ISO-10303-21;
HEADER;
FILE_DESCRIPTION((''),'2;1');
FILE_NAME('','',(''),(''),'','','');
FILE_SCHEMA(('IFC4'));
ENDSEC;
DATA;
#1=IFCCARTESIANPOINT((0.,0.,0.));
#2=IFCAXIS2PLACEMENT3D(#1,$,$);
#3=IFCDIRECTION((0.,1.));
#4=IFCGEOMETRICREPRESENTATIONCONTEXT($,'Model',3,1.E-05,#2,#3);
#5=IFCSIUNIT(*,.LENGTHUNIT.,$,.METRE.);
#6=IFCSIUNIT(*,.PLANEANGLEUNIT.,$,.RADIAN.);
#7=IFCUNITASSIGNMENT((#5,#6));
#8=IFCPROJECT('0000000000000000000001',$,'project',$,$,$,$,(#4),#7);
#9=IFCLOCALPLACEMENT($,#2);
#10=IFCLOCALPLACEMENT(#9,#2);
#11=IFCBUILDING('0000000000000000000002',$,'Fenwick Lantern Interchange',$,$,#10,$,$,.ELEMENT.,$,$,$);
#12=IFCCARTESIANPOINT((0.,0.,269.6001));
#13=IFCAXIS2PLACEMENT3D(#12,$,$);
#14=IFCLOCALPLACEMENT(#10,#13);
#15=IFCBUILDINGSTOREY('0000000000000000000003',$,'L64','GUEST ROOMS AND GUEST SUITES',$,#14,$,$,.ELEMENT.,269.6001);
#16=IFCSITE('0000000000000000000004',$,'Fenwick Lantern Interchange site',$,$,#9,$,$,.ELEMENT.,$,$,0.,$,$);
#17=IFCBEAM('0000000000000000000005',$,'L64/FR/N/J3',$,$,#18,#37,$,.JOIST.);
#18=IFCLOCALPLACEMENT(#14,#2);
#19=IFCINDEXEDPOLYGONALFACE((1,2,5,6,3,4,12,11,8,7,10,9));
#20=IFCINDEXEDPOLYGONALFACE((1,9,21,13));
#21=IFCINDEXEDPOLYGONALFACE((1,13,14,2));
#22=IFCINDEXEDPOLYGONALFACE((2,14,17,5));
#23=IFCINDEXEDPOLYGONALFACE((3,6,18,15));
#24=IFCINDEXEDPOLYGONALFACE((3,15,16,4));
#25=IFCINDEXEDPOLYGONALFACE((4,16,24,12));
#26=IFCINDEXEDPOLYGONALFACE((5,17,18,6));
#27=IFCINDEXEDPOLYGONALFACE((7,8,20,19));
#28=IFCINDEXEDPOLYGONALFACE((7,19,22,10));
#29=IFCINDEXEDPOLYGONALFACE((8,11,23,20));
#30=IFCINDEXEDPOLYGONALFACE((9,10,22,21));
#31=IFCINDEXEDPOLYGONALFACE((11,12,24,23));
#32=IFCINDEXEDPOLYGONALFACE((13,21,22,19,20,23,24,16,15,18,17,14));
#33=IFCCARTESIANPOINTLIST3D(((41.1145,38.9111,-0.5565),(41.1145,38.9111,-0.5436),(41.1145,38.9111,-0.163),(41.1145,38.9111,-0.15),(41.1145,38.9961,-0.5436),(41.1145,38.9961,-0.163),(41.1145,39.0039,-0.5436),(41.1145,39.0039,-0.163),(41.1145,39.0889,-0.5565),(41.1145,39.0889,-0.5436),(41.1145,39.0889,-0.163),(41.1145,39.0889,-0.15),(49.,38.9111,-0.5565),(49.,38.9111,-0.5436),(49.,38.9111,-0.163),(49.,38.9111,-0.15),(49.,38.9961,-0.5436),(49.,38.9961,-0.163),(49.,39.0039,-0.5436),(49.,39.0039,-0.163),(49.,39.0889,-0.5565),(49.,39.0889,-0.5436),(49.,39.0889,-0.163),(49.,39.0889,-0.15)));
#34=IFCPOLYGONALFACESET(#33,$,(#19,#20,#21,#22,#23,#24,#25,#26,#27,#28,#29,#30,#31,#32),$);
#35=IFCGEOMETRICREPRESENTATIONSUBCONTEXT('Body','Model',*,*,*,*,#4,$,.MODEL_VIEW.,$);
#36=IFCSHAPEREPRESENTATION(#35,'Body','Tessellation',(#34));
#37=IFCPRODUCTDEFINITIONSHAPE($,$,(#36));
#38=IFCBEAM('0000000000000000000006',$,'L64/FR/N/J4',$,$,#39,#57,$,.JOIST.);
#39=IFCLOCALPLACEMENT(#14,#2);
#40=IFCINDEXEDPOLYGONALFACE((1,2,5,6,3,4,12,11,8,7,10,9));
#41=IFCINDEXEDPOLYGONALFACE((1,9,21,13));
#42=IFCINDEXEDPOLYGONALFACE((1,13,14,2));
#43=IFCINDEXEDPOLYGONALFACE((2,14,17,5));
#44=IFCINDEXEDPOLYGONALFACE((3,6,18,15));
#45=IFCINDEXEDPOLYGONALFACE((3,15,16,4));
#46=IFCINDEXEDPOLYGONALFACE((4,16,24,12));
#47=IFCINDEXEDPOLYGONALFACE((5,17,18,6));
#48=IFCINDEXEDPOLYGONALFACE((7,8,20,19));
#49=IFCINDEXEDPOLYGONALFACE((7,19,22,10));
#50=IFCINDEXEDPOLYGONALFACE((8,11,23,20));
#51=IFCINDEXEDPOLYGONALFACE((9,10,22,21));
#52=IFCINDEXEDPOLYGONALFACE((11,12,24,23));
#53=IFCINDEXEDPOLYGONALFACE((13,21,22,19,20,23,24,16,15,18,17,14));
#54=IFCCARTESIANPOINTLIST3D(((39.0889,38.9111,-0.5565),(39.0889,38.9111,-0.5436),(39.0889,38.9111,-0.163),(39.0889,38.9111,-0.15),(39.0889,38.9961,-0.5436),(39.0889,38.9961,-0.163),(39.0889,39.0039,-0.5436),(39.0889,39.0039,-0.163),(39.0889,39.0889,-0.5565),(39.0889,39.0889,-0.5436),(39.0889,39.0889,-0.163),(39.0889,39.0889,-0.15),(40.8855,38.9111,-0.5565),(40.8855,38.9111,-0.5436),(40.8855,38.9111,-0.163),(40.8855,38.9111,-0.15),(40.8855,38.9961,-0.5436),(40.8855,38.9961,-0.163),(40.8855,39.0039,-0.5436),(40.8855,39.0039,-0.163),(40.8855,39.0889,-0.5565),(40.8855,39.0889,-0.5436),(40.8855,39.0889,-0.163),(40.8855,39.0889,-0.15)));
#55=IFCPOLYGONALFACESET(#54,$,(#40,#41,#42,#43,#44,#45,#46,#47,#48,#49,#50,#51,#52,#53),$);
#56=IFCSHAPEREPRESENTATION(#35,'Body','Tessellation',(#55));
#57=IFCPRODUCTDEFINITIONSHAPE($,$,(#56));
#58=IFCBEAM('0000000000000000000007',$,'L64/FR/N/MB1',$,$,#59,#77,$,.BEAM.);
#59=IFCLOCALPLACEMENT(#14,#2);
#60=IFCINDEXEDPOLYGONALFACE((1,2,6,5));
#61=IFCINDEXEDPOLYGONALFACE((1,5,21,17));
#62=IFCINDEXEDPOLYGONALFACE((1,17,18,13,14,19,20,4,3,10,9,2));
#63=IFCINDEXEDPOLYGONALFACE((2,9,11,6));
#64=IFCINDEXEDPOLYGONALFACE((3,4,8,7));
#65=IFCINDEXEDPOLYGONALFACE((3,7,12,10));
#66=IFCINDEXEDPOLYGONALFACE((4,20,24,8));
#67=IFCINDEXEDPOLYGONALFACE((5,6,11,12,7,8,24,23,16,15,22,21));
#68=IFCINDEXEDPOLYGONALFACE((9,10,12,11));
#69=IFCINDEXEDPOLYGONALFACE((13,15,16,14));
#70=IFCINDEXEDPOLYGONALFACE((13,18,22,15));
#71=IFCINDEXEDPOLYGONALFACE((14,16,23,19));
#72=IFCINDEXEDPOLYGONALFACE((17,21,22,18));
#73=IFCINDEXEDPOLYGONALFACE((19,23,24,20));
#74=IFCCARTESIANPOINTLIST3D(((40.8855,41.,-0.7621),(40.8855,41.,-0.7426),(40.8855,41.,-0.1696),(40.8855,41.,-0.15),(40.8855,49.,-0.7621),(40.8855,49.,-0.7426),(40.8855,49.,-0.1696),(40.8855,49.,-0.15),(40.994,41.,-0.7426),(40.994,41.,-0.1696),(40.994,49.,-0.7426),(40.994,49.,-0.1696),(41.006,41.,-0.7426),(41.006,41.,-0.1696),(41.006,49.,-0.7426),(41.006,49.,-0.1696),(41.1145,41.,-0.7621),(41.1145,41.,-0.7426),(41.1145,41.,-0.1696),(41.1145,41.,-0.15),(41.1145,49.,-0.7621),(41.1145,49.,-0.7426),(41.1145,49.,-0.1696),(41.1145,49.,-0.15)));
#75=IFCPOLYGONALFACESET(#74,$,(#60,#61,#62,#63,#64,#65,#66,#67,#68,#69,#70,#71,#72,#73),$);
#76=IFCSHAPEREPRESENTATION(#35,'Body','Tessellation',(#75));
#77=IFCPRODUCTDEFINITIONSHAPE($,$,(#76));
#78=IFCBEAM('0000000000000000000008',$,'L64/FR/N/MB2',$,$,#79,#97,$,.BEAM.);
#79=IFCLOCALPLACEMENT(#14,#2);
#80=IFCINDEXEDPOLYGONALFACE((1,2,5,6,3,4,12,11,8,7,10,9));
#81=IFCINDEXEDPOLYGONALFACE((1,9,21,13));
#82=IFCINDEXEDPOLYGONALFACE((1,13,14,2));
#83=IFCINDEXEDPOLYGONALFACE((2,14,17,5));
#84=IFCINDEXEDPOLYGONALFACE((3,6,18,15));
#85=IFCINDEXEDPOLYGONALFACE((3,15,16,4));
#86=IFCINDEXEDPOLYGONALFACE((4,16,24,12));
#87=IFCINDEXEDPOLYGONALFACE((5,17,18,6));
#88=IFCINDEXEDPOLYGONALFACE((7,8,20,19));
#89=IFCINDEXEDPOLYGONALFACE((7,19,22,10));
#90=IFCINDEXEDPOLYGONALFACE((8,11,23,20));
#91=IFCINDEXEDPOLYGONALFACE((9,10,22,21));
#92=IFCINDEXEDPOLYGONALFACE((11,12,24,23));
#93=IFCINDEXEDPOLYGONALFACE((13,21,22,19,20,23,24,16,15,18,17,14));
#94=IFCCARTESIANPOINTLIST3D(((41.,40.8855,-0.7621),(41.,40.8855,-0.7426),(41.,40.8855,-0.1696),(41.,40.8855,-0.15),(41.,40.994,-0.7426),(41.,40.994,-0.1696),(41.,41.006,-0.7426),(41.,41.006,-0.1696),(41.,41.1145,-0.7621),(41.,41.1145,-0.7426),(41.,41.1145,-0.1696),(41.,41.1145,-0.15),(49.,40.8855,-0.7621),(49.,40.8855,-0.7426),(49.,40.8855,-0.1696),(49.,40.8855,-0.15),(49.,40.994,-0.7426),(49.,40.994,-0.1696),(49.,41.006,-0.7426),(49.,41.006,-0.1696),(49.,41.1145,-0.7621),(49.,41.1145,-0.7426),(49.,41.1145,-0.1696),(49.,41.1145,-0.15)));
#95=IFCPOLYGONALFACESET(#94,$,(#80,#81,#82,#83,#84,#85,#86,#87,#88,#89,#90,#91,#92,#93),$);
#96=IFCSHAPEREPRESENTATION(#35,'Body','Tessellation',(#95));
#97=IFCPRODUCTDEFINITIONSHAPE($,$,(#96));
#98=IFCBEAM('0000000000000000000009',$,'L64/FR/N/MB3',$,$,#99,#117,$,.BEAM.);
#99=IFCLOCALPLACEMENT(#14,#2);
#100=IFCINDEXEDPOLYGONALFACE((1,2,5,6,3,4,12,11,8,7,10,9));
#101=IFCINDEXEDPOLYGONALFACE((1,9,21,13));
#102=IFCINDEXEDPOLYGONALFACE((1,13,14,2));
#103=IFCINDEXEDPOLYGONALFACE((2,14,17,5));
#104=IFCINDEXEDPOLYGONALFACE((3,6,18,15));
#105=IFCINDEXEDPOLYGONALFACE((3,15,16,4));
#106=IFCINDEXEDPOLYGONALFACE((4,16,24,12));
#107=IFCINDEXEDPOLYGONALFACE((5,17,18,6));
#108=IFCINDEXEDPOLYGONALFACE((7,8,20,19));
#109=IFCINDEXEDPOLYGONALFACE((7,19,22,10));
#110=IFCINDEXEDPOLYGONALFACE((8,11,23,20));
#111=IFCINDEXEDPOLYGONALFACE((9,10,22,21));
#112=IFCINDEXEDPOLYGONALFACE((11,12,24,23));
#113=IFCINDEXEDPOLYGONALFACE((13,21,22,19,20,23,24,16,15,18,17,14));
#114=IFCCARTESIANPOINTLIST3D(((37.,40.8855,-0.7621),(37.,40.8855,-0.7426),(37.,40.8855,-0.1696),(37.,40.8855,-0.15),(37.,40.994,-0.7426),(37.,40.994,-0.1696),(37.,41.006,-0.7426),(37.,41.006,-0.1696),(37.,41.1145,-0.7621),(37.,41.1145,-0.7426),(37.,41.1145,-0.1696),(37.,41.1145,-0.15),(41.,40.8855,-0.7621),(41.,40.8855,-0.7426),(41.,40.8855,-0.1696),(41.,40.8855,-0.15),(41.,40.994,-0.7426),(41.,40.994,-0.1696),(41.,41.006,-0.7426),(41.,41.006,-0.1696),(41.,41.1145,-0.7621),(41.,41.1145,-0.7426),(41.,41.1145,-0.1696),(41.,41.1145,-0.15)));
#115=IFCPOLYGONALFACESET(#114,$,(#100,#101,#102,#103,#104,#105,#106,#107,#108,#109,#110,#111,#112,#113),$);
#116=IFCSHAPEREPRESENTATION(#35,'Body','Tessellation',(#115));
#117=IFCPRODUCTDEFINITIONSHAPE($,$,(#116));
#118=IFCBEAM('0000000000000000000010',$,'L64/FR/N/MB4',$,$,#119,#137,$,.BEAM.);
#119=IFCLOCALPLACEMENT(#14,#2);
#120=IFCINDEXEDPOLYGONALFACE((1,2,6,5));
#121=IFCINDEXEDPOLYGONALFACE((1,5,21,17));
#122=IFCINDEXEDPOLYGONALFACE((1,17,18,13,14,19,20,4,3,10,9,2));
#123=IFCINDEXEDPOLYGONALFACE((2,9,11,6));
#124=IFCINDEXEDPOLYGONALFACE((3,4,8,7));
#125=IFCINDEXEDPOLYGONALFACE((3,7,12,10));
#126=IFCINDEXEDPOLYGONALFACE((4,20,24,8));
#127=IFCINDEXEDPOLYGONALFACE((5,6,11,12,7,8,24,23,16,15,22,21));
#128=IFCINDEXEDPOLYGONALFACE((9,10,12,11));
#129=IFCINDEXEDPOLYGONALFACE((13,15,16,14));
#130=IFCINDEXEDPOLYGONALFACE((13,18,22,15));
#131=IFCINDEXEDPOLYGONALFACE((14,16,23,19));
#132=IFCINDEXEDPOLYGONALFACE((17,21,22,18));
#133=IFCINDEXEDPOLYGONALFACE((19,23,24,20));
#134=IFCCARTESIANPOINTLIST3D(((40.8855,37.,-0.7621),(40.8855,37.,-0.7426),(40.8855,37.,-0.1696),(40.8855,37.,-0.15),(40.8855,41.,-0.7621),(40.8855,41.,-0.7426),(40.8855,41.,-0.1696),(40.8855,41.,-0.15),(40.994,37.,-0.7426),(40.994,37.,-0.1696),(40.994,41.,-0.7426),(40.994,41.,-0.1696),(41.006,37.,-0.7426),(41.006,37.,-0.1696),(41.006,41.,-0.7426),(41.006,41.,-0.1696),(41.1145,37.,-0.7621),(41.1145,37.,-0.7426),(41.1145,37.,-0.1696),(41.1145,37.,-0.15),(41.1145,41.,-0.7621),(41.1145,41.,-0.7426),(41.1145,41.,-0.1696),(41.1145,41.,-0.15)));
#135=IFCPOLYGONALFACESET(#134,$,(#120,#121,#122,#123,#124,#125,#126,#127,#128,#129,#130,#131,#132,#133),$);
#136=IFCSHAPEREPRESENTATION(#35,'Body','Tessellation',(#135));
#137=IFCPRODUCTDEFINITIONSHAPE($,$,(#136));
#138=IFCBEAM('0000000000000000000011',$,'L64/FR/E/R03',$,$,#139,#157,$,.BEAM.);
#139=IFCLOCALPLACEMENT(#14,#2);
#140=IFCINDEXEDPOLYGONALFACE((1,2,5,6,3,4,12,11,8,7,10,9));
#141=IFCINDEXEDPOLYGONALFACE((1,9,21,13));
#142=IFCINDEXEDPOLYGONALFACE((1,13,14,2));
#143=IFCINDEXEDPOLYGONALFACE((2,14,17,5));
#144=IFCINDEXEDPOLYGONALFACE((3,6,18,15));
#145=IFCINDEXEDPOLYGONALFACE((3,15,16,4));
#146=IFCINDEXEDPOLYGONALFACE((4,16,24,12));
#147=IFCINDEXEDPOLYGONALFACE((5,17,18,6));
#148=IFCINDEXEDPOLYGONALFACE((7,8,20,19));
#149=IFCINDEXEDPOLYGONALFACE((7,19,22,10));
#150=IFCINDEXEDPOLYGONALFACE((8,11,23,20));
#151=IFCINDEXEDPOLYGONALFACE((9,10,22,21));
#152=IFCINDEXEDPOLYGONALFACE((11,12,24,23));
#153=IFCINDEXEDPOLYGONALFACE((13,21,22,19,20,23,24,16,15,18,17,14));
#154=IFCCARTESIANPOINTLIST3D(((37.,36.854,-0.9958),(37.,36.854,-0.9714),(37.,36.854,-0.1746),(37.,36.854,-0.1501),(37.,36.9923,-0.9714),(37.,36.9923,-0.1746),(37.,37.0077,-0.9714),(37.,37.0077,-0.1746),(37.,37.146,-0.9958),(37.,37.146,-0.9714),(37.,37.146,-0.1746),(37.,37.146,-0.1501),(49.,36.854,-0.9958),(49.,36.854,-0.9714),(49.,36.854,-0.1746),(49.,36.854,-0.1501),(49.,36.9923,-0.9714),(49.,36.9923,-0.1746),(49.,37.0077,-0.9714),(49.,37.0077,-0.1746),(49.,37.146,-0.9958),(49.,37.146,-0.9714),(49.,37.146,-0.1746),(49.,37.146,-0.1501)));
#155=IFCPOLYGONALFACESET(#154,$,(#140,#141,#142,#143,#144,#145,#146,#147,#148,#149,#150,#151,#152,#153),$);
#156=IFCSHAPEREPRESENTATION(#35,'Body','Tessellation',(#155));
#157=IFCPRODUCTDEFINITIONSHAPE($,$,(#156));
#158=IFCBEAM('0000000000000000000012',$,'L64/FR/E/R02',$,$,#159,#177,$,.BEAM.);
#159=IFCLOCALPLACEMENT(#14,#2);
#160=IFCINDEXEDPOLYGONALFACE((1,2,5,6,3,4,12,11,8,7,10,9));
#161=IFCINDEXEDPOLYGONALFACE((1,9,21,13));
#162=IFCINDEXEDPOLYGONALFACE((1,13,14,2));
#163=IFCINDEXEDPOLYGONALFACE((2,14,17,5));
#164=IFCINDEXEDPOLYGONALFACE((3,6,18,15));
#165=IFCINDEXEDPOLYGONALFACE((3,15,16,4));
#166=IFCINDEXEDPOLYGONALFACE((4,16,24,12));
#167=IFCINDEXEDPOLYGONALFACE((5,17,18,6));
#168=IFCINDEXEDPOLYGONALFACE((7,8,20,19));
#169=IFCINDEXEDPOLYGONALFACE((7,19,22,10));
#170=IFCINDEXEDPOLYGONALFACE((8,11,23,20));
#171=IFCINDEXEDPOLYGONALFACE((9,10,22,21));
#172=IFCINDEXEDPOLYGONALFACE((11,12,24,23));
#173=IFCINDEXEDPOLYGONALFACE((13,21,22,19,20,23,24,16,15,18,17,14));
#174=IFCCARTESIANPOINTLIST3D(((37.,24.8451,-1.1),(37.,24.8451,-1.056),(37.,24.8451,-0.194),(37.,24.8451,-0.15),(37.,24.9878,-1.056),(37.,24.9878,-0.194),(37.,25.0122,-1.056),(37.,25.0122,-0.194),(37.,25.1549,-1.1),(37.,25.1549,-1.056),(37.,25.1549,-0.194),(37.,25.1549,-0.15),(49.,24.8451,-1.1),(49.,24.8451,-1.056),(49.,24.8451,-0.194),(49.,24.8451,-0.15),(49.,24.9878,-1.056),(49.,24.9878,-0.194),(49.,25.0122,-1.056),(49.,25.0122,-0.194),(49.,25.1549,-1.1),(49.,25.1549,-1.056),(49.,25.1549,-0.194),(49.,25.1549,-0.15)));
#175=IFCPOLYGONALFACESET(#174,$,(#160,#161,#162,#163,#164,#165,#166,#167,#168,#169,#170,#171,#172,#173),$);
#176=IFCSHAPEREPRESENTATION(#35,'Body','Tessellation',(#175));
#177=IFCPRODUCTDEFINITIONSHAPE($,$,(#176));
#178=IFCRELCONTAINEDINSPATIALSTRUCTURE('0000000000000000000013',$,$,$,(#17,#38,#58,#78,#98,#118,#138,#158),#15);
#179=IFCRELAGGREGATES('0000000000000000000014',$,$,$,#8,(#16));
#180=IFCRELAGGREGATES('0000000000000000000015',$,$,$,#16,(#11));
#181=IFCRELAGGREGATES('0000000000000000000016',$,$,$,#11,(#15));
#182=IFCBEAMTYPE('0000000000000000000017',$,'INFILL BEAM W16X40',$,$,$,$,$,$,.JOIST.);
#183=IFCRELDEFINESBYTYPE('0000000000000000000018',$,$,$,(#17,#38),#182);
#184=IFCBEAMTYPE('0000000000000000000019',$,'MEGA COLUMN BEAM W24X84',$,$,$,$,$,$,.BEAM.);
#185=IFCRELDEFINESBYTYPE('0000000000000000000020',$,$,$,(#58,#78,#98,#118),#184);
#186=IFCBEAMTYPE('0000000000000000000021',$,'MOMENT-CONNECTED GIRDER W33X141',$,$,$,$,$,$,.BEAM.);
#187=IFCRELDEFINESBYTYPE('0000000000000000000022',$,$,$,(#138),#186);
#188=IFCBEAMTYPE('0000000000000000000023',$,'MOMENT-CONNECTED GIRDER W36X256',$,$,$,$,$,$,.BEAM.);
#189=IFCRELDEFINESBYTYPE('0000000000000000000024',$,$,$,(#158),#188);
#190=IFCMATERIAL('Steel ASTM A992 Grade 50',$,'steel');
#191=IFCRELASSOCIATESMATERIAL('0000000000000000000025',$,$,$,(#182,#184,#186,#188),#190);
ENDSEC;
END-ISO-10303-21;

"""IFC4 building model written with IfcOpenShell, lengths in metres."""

from ifc_helpers import new_model, si_unit, direction, frame, origin, origin_2d, place, context, subcontext, project, spatial, i_section, extrude, material, material_profile, profile_set, type_object, element, save


model = new_model("IFC4")

# Units and contexts
model_context = context("Model", 3, precision=1e-05, world=origin(), true_north=direction((0.0, 1.0)))
body_context = subcontext(model_context, "Body", "Model", "MODEL_VIEW")
ifc_project = project(units=[si_unit("LENGTHUNIT", "METRE"), si_unit("PLANEANGLEUNIT", "RADIAN")], contexts=[model_context])

# Site, building, storey
site_placement = place(None, origin())
site = spatial("IfcSite", under=ifc_project, at=site_placement, Name="Fenwick Lantern Interchange site", CompositionType="ELEMENT", RefElevation=0.0)
building_placement = place(site_placement, origin())
building = spatial("IfcBuilding", under=site, at=building_placement, Name="Fenwick Lantern Interchange", CompositionType="ELEMENT")
storey_placement = place(building_placement, frame((0.0, 0.0, 269.6001)))
storey = spatial("IfcBuildingStorey", under=building, at=storey_placement, Name="L64", Description="GUEST ROOMS AND GUEST SUITES", CompositionType="ELEMENT", Elevation=269.6001)

# Shared definitions
ifc_material_1 = material(Name="Steel ASTM A992 Grade 50", Category="steel")

# Beams
ifc_material_profile_1 = material_profile(ifc_material_1, i_section(OverallWidth=0.1777, OverallDepth=0.4065, WebThickness=0.0078, FlangeThickness=0.0129, at=origin_2d()), Name="W16X40")
ifc_profile_set_1 = profile_set([ifc_material_profile_1], Name="Steel ASTM A992 Grade 50")
beam_type_1 = type_object("IfcBeamType", Name="INFILL BEAM W16X40", PredefinedType="JOIST", material=ifc_profile_set_1)
beam_1_placement = place(storey_placement, frame((49.0, 39.0, -0.3533), z_axis=(-1.0, 0.0, 0.0), x_axis=(0.0, -1.0, 0.0)))
element("IfcBeam", 1, at=beam_1_placement, inside=storey, type_object=beam_type_1, Name="L64/FR/N/J3", PredefinedType="JOIST", context=body_context, shape_type="SweptSolid", body=[
    extrude(i_section(OverallWidth=0.1777, OverallDepth=0.4065, WebThickness=0.0078, FlangeThickness=0.0129, at=origin_2d()), origin(), (0.0, 0.0, 1.0), 7.8855),
])
beam_2_placement = place(storey_placement, frame((40.8855, 39.0, -0.3533), z_axis=(-1.0, 0.0, 0.0), x_axis=(0.0, -1.0, 0.0)))
element("IfcBeam", 2, at=beam_2_placement, inside=storey, type_object=beam_type_1, Name="L64/FR/N/J4", PredefinedType="JOIST", context=body_context, shape_type="SweptSolid", body=[
    extrude(i_section(OverallWidth=0.1777, OverallDepth=0.4065, WebThickness=0.0078, FlangeThickness=0.0129, at=origin_2d()), origin(), (0.0, 0.0, 1.0), 1.7966),
])
ifc_material_profile_2 = material_profile(ifc_material_1, i_section(OverallWidth=0.229, OverallDepth=0.6121, WebThickness=0.012, FlangeThickness=0.0195, at=origin_2d()), Name="W24X84")
ifc_profile_set_2 = profile_set([ifc_material_profile_2], Name="Steel ASTM A992 Grade 50")
beam_type_2 = type_object("IfcBeamType", Name="MEGA COLUMN BEAM W24X84", PredefinedType="BEAM", material=ifc_profile_set_2)
for number, where, z_axis, x_axis, name in (
    (3, (41.0, 41.0, -0.4561), (0.0, 1.0, 0.0), (-1.0, 0.0, 0.0), "L64/FR/N/MB1"),
    (4, (41.0, 41.0, -0.4561), (1.0, 0.0, 0.0), (0.0, 1.0, 0.0), "L64/FR/N/MB2"),
):
    element("IfcBeam", number, at=place(storey_placement, frame(where, z_axis=z_axis, x_axis=x_axis)), inside=storey, type_object=beam_type_2, Name=name, PredefinedType="BEAM", context=body_context, shape_type="SweptSolid", body=[
        extrude(i_section(OverallWidth=0.229, OverallDepth=0.6121, WebThickness=0.012, FlangeThickness=0.0195, at=origin_2d()), origin(), (0.0, 0.0, 1.0), 8.0),
    ])
for number, where, z_axis, x_axis, name in (
    (5, (41.0, 41.0, -0.4561), (-1.0, 0.0, 0.0), (0.0, -1.0, 0.0), "L64/FR/N/MB3"),
    (6, (41.0, 41.0, -0.4561), (0.0, -1.0, 0.0), (1.0, 0.0, 0.0), "L64/FR/N/MB4"),
):
    element("IfcBeam", number, at=place(storey_placement, frame(where, z_axis=z_axis, x_axis=x_axis)), inside=storey, type_object=beam_type_2, Name=name, PredefinedType="BEAM", context=body_context, shape_type="SweptSolid", body=[
        extrude(i_section(OverallWidth=0.229, OverallDepth=0.6121, WebThickness=0.012, FlangeThickness=0.0195, at=origin_2d()), origin(), (0.0, 0.0, 1.0), 4.0),
    ])
ifc_material_profile_3 = material_profile(ifc_material_1, i_section(OverallWidth=0.292, OverallDepth=0.8457, WebThickness=0.0154, FlangeThickness=0.0244, at=origin_2d()), Name="W33X141")
ifc_profile_set_3 = profile_set([ifc_material_profile_3], Name="Steel ASTM A992 Grade 50")
beam_type_3 = type_object("IfcBeamType", Name="MOMENT-CONNECTED GIRDER W33X141", PredefinedType="BEAM", material=ifc_profile_set_3)
beam_3_placement = place(storey_placement, frame((49.0, 37.0, -0.573), z_axis=(-1.0, 0.0, 0.0), x_axis=(0.0, -1.0, 0.0)))
element("IfcBeam", 7, at=beam_3_placement, inside=storey, type_object=beam_type_3, Name="L64/FR/E/R03", PredefinedType="BEAM", context=body_context, shape_type="SweptSolid", body=[
    extrude(i_section(OverallWidth=0.292, OverallDepth=0.8457, WebThickness=0.0154, FlangeThickness=0.0244, at=origin_2d()), origin(), (0.0, 0.0, 1.0), 12.0),
])
ifc_material_profile_4 = material_profile(ifc_material_1, i_section(OverallWidth=0.3098, OverallDepth=0.95, WebThickness=0.0244, FlangeThickness=0.0439, at=origin_2d()), Name="W36X256")
ifc_profile_set_4 = profile_set([ifc_material_profile_4], Name="Steel ASTM A992 Grade 50")
beam_type_4 = type_object("IfcBeamType", Name="MOMENT-CONNECTED GIRDER W36X256", PredefinedType="BEAM", material=ifc_profile_set_4)
beam_4_placement = place(storey_placement, frame((49.0, 25.0, -0.625), z_axis=(-1.0, 0.0, 0.0), x_axis=(0.0, -1.0, 0.0)))
element("IfcBeam", 8, at=beam_4_placement, inside=storey, type_object=beam_type_4, Name="L64/FR/E/R02", PredefinedType="BEAM", context=body_context, shape_type="SweptSolid", body=[
    extrude(i_section(OverallWidth=0.3098, OverallDepth=0.95, WebThickness=0.0244, FlangeThickness=0.0439, at=origin_2d()), origin(), (0.0, 0.0, 1.0), 12.0),
])

save(model, "model.ifc")
